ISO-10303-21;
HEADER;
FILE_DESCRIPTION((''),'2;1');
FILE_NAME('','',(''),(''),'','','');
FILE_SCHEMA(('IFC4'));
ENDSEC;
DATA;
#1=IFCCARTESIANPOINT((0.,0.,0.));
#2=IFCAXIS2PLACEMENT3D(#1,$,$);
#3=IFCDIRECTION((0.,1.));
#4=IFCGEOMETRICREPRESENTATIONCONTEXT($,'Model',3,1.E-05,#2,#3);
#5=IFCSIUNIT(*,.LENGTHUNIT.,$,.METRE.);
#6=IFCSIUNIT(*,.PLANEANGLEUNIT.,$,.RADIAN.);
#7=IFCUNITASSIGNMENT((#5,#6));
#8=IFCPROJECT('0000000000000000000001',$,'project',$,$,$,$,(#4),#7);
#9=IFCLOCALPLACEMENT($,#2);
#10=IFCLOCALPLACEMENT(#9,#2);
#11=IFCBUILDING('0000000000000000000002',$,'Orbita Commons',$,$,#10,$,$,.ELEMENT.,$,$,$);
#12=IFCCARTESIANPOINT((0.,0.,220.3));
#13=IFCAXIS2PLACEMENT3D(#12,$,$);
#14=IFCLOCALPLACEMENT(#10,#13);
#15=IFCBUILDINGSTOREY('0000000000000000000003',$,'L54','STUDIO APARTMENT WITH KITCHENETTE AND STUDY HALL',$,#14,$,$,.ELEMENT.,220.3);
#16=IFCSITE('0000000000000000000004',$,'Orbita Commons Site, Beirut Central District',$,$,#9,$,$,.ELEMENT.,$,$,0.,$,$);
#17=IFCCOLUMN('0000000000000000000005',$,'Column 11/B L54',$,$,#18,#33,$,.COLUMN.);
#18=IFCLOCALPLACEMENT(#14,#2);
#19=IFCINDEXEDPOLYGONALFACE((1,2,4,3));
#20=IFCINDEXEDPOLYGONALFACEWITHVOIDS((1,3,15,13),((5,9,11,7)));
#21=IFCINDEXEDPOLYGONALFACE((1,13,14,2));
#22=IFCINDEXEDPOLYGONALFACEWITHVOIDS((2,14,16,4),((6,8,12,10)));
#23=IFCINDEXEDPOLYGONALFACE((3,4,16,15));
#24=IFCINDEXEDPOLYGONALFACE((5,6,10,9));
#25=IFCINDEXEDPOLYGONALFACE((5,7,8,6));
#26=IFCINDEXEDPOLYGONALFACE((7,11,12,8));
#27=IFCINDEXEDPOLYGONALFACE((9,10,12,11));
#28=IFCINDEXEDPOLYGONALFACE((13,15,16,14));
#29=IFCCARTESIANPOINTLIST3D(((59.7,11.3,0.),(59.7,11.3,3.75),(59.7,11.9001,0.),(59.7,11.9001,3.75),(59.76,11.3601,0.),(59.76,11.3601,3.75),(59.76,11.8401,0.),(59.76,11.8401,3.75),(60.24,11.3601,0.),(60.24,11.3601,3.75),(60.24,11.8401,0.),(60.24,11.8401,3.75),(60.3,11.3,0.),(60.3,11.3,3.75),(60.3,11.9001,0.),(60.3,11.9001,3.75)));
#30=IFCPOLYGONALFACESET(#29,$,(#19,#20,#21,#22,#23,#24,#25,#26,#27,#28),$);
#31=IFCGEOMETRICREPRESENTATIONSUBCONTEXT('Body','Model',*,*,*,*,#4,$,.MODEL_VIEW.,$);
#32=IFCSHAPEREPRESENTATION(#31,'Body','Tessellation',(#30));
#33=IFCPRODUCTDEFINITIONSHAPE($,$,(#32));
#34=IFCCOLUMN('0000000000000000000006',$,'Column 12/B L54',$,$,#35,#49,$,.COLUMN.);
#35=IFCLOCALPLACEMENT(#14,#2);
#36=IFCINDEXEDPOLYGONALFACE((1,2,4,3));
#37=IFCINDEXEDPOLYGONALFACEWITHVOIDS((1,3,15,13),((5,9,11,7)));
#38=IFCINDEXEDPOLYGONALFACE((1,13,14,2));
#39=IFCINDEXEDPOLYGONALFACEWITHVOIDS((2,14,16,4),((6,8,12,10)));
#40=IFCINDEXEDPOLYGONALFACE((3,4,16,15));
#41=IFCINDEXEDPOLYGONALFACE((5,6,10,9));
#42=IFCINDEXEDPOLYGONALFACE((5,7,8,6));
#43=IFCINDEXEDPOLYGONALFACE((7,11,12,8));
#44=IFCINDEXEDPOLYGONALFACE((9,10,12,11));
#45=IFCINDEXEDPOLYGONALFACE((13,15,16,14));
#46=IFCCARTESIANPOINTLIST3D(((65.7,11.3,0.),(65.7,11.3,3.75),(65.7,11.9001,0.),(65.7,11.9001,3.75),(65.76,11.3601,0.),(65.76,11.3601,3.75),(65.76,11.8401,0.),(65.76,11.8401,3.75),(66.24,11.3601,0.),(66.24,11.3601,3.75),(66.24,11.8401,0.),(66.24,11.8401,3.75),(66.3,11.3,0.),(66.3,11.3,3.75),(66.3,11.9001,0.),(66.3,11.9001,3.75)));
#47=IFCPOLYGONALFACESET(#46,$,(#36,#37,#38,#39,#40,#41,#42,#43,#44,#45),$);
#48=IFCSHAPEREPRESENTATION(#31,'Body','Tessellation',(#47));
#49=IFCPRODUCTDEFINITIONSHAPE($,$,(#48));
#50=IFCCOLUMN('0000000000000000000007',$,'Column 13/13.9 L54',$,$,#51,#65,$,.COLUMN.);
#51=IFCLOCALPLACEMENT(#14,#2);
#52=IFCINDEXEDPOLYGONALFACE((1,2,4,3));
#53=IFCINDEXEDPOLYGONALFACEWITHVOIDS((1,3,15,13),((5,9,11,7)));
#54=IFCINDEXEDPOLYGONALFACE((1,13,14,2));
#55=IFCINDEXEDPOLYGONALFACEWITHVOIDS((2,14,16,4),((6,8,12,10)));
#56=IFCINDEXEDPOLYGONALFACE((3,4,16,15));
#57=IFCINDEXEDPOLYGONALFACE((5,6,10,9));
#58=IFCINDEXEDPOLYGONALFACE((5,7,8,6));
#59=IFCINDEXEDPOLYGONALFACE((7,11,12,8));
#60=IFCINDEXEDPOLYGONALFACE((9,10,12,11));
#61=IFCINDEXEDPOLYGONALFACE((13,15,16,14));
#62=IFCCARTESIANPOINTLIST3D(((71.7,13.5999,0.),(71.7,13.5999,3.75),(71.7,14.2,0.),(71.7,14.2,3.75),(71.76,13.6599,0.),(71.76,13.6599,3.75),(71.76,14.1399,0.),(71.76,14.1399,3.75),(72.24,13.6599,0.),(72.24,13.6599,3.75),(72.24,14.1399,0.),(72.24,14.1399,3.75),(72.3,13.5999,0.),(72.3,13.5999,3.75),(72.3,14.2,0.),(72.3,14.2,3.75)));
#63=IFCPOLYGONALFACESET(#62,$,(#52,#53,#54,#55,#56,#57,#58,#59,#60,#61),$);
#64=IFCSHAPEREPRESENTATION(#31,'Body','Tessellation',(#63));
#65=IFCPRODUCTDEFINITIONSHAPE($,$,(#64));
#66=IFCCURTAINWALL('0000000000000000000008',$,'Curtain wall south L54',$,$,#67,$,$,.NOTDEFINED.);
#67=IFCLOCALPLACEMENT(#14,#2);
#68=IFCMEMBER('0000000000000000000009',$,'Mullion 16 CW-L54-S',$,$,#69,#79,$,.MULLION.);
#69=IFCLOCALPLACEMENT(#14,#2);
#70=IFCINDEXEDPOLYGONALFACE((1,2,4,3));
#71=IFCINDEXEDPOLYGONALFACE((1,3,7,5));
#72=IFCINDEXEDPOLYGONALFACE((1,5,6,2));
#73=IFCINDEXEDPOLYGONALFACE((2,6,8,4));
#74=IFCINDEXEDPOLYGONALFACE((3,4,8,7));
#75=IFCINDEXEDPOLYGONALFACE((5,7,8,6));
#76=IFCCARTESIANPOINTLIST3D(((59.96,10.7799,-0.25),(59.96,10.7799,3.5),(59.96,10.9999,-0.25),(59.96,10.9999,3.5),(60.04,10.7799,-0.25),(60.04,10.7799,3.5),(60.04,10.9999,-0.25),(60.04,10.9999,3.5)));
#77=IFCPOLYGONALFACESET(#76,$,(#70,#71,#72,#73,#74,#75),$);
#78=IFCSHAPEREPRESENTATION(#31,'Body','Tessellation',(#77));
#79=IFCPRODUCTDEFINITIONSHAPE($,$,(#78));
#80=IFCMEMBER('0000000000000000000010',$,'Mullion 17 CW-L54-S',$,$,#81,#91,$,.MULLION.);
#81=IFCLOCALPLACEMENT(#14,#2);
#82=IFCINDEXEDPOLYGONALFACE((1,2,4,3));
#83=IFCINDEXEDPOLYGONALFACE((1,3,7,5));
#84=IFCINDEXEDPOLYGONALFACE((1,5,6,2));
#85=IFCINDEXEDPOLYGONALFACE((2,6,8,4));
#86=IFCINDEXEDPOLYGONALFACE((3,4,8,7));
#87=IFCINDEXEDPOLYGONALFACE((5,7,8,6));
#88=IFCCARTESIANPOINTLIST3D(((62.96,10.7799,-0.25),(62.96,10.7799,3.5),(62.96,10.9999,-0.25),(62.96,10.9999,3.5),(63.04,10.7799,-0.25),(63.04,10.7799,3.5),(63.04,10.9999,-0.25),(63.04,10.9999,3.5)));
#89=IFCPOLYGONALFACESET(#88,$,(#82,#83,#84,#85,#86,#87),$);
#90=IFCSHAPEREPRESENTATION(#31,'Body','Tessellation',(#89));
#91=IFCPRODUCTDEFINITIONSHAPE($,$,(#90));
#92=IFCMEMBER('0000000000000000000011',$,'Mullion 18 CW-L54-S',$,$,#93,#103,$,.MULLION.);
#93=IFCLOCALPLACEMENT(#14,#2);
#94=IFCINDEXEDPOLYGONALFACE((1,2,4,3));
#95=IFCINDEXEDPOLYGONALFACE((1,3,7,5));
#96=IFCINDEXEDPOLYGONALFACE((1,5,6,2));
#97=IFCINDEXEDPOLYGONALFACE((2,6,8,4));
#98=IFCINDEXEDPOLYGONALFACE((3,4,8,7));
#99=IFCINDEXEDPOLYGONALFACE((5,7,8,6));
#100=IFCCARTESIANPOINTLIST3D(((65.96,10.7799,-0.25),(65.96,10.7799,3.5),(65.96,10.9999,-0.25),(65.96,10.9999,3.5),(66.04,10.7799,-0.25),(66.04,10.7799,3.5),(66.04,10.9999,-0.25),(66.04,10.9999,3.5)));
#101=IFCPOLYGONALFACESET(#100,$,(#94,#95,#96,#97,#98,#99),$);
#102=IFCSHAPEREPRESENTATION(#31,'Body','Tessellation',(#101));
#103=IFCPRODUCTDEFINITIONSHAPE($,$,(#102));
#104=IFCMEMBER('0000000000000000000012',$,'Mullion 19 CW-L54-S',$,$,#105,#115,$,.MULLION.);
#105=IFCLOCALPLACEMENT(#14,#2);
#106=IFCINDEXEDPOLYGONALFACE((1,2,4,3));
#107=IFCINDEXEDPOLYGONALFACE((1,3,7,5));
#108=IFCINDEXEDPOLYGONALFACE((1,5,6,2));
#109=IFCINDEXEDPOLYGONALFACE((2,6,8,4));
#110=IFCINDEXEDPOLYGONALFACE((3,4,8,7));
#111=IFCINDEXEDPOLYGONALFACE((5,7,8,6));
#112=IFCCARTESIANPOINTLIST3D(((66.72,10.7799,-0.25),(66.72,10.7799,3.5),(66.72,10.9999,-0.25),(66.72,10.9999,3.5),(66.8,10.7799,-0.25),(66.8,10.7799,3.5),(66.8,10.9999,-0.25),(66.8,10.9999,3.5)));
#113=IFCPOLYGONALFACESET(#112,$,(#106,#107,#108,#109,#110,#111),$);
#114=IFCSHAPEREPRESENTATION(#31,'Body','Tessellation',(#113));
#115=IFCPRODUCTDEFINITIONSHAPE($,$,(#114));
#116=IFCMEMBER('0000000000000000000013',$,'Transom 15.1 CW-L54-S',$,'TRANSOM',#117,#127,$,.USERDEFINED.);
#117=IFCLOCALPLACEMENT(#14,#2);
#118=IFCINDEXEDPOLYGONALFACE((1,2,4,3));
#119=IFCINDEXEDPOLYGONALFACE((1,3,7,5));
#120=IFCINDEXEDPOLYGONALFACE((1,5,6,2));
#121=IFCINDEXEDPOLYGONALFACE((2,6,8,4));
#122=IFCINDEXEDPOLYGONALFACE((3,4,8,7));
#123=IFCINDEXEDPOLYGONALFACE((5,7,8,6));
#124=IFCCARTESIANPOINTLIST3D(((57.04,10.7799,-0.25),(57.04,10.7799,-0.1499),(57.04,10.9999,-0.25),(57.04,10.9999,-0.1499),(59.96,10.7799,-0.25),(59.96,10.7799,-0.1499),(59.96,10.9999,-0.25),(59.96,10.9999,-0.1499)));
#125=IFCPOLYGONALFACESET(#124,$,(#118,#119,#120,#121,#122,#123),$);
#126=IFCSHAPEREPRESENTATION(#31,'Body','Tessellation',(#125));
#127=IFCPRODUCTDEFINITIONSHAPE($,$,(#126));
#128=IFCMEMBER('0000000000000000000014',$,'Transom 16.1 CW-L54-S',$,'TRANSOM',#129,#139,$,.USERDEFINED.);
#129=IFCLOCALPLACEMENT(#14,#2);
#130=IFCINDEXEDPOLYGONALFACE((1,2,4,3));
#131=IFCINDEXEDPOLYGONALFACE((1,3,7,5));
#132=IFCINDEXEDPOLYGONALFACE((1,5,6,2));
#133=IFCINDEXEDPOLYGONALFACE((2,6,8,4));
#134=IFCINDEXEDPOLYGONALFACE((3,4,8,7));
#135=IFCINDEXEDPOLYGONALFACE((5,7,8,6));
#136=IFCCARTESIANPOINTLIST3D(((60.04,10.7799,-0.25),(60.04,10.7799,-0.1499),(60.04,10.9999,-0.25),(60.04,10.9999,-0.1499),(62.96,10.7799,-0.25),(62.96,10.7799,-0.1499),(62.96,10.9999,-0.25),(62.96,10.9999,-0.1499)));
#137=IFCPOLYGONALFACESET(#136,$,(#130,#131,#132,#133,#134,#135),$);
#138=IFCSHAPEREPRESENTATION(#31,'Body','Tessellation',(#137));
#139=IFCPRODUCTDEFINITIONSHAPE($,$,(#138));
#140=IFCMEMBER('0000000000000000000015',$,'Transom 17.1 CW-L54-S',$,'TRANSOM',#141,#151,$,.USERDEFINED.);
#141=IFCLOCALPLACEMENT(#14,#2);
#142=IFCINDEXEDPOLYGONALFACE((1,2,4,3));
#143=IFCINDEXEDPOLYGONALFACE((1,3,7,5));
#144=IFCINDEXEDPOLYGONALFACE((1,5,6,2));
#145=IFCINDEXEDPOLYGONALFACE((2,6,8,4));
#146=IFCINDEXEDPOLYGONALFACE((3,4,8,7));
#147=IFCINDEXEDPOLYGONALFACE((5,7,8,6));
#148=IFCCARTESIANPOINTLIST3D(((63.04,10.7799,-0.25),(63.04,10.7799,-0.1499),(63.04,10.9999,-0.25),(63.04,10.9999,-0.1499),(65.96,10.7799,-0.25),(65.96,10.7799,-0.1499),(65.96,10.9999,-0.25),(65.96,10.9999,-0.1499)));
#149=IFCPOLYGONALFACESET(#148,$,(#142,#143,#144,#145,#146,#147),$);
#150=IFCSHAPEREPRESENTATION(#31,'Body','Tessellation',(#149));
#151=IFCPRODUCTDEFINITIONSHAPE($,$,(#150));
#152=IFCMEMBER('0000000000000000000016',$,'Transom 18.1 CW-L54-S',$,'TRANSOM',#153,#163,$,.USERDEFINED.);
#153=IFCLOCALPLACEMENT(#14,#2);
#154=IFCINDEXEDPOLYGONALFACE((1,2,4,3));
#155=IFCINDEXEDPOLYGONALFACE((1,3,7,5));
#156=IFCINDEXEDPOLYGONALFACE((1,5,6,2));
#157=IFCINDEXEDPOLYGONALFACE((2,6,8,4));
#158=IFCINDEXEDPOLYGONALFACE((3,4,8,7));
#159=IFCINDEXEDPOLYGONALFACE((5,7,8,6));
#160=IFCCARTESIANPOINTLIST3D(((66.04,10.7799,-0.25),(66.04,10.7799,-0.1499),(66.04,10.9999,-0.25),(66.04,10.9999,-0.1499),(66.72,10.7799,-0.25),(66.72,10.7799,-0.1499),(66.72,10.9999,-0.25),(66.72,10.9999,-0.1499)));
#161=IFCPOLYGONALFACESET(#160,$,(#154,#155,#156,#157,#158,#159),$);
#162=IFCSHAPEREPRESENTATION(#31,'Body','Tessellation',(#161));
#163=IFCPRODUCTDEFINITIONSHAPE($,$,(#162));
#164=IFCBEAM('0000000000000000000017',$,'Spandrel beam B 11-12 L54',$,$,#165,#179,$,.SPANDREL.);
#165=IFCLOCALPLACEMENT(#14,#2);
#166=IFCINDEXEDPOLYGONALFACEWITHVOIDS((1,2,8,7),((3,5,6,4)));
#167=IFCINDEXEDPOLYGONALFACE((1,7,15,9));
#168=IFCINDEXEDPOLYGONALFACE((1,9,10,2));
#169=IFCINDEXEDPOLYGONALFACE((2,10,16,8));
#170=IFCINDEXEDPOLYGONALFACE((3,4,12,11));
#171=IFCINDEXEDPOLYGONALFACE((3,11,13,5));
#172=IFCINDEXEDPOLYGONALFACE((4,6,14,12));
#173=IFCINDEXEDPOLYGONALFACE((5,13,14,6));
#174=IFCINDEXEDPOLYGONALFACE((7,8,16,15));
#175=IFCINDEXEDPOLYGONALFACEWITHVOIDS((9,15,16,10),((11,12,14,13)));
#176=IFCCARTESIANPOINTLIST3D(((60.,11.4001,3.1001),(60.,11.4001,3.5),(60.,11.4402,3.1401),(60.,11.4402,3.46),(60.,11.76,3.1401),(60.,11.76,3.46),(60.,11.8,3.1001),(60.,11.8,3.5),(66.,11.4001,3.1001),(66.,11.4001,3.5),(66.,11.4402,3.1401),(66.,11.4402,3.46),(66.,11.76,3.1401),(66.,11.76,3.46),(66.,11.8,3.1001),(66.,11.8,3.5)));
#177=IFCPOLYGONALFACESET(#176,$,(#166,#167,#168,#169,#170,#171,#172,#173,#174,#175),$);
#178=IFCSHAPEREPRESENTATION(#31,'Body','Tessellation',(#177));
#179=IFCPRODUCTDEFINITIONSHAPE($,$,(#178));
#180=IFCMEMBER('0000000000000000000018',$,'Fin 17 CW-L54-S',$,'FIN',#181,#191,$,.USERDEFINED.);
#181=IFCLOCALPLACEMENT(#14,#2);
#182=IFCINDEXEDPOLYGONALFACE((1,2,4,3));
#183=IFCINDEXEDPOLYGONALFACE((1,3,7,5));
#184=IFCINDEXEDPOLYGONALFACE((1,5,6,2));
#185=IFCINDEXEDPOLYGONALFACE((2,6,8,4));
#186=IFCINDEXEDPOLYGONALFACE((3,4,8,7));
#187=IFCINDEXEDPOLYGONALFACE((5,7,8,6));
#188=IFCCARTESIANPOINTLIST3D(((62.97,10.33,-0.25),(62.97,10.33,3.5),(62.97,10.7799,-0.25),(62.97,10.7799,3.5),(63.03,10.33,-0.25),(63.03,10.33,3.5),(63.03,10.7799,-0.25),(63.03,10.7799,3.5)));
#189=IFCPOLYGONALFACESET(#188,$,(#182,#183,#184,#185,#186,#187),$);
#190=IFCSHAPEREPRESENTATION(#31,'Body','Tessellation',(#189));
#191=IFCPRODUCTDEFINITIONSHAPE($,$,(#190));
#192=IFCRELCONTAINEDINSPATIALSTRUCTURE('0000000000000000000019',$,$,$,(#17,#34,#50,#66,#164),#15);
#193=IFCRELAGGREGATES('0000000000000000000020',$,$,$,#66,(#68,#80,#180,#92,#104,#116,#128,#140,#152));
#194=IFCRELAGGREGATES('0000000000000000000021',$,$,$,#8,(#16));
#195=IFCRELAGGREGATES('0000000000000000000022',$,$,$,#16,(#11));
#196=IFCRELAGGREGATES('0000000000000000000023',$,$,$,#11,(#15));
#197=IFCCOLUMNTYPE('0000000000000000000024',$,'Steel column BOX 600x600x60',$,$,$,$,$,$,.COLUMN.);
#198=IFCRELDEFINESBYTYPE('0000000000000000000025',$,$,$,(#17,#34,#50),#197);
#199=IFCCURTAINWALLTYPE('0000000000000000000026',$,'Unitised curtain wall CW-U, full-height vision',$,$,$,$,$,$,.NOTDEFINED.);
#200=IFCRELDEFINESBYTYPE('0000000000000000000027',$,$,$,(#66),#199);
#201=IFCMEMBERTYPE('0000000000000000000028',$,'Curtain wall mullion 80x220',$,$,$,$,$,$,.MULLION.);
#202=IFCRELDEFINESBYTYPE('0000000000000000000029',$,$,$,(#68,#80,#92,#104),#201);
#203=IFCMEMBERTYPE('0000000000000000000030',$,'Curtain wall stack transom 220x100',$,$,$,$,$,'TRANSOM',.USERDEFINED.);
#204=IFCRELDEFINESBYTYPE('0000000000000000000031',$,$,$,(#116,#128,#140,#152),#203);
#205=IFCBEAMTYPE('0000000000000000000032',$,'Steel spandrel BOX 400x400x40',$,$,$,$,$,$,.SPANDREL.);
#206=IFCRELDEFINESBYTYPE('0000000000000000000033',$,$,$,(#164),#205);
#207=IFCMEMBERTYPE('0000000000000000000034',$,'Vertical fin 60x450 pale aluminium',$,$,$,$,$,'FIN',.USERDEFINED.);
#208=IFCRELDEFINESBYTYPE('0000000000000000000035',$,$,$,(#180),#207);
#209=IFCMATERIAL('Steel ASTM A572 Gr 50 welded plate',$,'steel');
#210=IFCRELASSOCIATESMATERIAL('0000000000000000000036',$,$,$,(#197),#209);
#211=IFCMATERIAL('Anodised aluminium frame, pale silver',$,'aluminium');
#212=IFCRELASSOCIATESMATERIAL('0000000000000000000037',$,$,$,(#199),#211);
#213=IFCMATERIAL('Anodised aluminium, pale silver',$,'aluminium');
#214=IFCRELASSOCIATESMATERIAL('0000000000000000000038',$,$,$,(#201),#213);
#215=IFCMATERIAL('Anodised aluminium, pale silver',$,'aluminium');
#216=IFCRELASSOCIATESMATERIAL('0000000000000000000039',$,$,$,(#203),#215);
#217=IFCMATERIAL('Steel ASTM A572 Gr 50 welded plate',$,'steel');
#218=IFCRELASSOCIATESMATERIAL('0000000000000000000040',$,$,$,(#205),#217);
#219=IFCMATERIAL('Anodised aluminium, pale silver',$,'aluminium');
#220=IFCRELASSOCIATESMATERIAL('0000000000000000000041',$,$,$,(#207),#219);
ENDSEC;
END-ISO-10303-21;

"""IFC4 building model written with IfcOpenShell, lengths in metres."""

from ifc_helpers import new_model, si_unit, direction, frame, origin, origin_2d, place, context, subcontext, project, spatial, rectangle, hollow_rectangle, extrude, material, material_profile, profile_set, type_object, element, aggregate, save


model = new_model("IFC4")

# Units and contexts
model_context = context("Model", 3, precision=1e-05, world=origin(), true_north=direction((0.0, 1.0)))
body_context = subcontext(model_context, "Body", "Model", "MODEL_VIEW")
ifc_project = project(units=[si_unit("LENGTHUNIT", "METRE"), si_unit("PLANEANGLEUNIT", "RADIAN")], contexts=[model_context])

# Site, building, storey
site_placement = place(None, origin())
site = spatial("IfcSite", under=ifc_project, at=site_placement, Name="Orbita Commons Site, Beirut Central District", CompositionType="ELEMENT", RefElevation=0.0)
building_placement = place(site_placement, origin())
building = spatial("IfcBuilding", under=site, at=building_placement, Name="Orbita Commons", CompositionType="ELEMENT")
storey_placement = place(building_placement, frame((0.0, 0.0, 220.3)))
storey = spatial("IfcBuildingStorey", under=building, at=storey_placement, Name="L54", Description="STUDIO APARTMENT WITH KITCHENETTE AND STUDY HALL", CompositionType="ELEMENT", Elevation=220.3)

# Columns
ifc_material_1 = material(Name="Steel ASTM A572 Gr 50 welded plate", Category="steel")
ifc_material_profile_1 = material_profile(ifc_material_1, hollow_rectangle(XDim=0.6001, YDim=0.6001, WallThickness=0.0601, at=origin_2d()), Name="BOX 600x600x60")
ifc_profile_set_1 = profile_set([ifc_material_profile_1], Name="Steel ASTM A572 Gr 50 welded plate")
column_type = type_object("IfcColumnType", Name="Steel column BOX 600x600x60", PredefinedType="COLUMN", material=ifc_profile_set_1)
for number, where, z_axis, x_axis, name in (
    (1, (60.0, 11.6001, 0.0), (0.0, 0.0, 1.0), (1.0, 0.0, 0.0), "Column 11/B L54"),
    (2, (66.0, 11.6001, 0.0), (0.0, 0.0, 1.0), (1.0, 0.0, 0.0), "Column 12/B L54"),
    (3, (72.0, 13.8999, 0.0), (0.0, 0.0, 1.0), (1.0, 0.0, 0.0), "Column 13/13.9 L54"),
):
    element("IfcColumn", number, at=place(storey_placement, frame(where, z_axis=z_axis, x_axis=x_axis)), inside=storey, type_object=column_type, Name=name, PredefinedType="COLUMN", context=body_context, shape_type="SweptSolid", body=[
        extrude(hollow_rectangle(XDim=0.6001, YDim=0.6001, WallThickness=0.0601, at=origin_2d()), origin(), (0.0, 0.0, 1.0), 3.75),
    ])

# Curtain wall, members
ifc_material_2 = material(Name="Anodised aluminium frame, pale silver", Category="aluminium")
curtain_wall_type = type_object("IfcCurtainWallType", Name="Unitised curtain wall CW-U, full-height vision", PredefinedType="NOTDEFINED", material=ifc_material_2)
curtain_wall_placement = place(storey_placement, origin())
curtain_wall = element("IfcCurtainWall", 4, at=curtain_wall_placement, inside=storey, type_object=curtain_wall_type, Name="Curtain wall south L54", PredefinedType="NOTDEFINED")
ifc_material_3 = material(Name="Anodised aluminium, pale silver", Category="aluminium")
ifc_material_profile_2 = material_profile(ifc_material_3, rectangle(XDim=0.0801, YDim=0.22, at=origin_2d()), Name="AL 80x220")
ifc_profile_set_2 = profile_set([ifc_material_profile_2], Name="Anodised aluminium, pale silver")
member_type_1 = type_object("IfcMemberType", Name="Curtain wall mullion 80x220", PredefinedType="MULLION", material=ifc_profile_set_2)
member_1_placement = place(storey_placement, frame((60.0, 10.8899, -0.25), z_axis=(0.0, 0.0, 1.0), x_axis=(1.0, 0.0, 0.0)))
member_1 = element("IfcMember", 5, at=member_1_placement, type_object=member_type_1, Name="Mullion 16 CW-L54-S", PredefinedType="MULLION", context=body_context, shape_type="SweptSolid", body=[
    extrude(rectangle(XDim=0.0801, YDim=0.22, at=origin_2d()), origin(), (0.0, 0.0, 1.0), 3.75),
])
member_2_placement = place(storey_placement, frame((63.0, 10.8899, -0.25), z_axis=(0.0, 0.0, 1.0), x_axis=(1.0, 0.0, 0.0)))
member_2 = element("IfcMember", 6, at=member_2_placement, type_object=member_type_1, Name="Mullion 17 CW-L54-S", PredefinedType="MULLION", context=body_context, shape_type="SweptSolid", body=[
    extrude(rectangle(XDim=0.0801, YDim=0.22, at=origin_2d()), origin(), (0.0, 0.0, 1.0), 3.75),
])
member_3_placement = place(storey_placement, frame((66.0, 10.8899, -0.25), z_axis=(0.0, 0.0, 1.0), x_axis=(1.0, 0.0, 0.0)))
member_3 = element("IfcMember", 7, at=member_3_placement, type_object=member_type_1, Name="Mullion 18 CW-L54-S", PredefinedType="MULLION", context=body_context, shape_type="SweptSolid", body=[
    extrude(rectangle(XDim=0.0801, YDim=0.22, at=origin_2d()), origin(), (0.0, 0.0, 1.0), 3.75),
])
member_4_placement = place(storey_placement, frame((66.76, 10.8899, -0.25), z_axis=(0.0, 0.0, 1.0), x_axis=(1.0, 0.0, 0.0)))
member_4 = element("IfcMember", 8, at=member_4_placement, type_object=member_type_1, Name="Mullion 19 CW-L54-S", PredefinedType="MULLION", context=body_context, shape_type="SweptSolid", body=[
    extrude(rectangle(XDim=0.0801, YDim=0.22, at=origin_2d()), origin(), (0.0, 0.0, 1.0), 3.75),
])
ifc_material_4 = material(Name="Anodised aluminium, pale silver", Category="aluminium")
ifc_material_profile_3 = material_profile(ifc_material_4, rectangle(XDim=0.22, YDim=0.1001, at=origin_2d()), Name="AL 220x100")
ifc_profile_set_3 = profile_set([ifc_material_profile_3], Name="Anodised aluminium, pale silver")
member_type_2 = type_object("IfcMemberType", Name="Curtain wall stack transom 220x100", ElementType="TRANSOM", PredefinedType="USERDEFINED", material=ifc_profile_set_3)
member_5_placement = place(storey_placement, frame((57.04, 10.8899, -0.2), z_axis=(1.0, 0.0, 0.0), x_axis=(0.0, 1.0, 0.0)))
member_5 = element("IfcMember", 9, at=member_5_placement, type_object=member_type_2, Name="Transom 15.1 CW-L54-S", ObjectType="TRANSOM", PredefinedType="USERDEFINED", context=body_context, shape_type="SweptSolid", body=[
    extrude(rectangle(XDim=0.22, YDim=0.1001, at=origin_2d()), origin(), (0.0, 0.0, 1.0), 2.9199),
])
member_6_placement = place(storey_placement, frame((60.04, 10.8899, -0.2), z_axis=(1.0, 0.0, 0.0), x_axis=(0.0, 1.0, 0.0)))
member_6 = element("IfcMember", 10, at=member_6_placement, type_object=member_type_2, Name="Transom 16.1 CW-L54-S", ObjectType="TRANSOM", PredefinedType="USERDEFINED", context=body_context, shape_type="SweptSolid", body=[
    extrude(rectangle(XDim=0.22, YDim=0.1001, at=origin_2d()), origin(), (0.0, 0.0, 1.0), 2.9199),
])
member_7_placement = place(storey_placement, frame((63.04, 10.8899, -0.2), z_axis=(1.0, 0.0, 0.0), x_axis=(0.0, 1.0, 0.0)))
member_7 = element("IfcMember", 11, at=member_7_placement, type_object=member_type_2, Name="Transom 17.1 CW-L54-S", ObjectType="TRANSOM", PredefinedType="USERDEFINED", context=body_context, shape_type="SweptSolid", body=[
    extrude(rectangle(XDim=0.22, YDim=0.1001, at=origin_2d()), origin(), (0.0, 0.0, 1.0), 2.9199),
])
member_8_placement = place(storey_placement, frame((66.04, 10.8899, -0.2), z_axis=(1.0, 0.0, 0.0), x_axis=(0.0, 1.0, 0.0)))
member_8 = element("IfcMember", 12, at=member_8_placement, type_object=member_type_2, Name="Transom 18.1 CW-L54-S", ObjectType="TRANSOM", PredefinedType="USERDEFINED", context=body_context, shape_type="SweptSolid", body=[
    extrude(rectangle(XDim=0.22, YDim=0.1001, at=origin_2d()), origin(), (0.0, 0.0, 1.0), 0.6799),
])

# Beam
ifc_material_5 = material(Name="Steel ASTM A572 Gr 50 welded plate", Category="steel")
ifc_material_profile_4 = material_profile(ifc_material_5, hollow_rectangle(XDim=0.3999, YDim=0.3999, WallThickness=0.04, at=origin_2d()), Name="BOX 400x400x40")
ifc_profile_set_4 = profile_set([ifc_material_profile_4], Name="Steel ASTM A572 Gr 50 welded plate")
beam_type = type_object("IfcBeamType", Name="Steel spandrel BOX 400x400x40", PredefinedType="SPANDREL", material=ifc_profile_set_4)
beam_placement = place(storey_placement, frame((60.0, 11.6001, 3.3), z_axis=(1.0, 0.0, 0.0), x_axis=(0.0, 1.0, 0.0)))
element("IfcBeam", 13, at=beam_placement, inside=storey, type_object=beam_type, Name="Spandrel beam B 11-12 L54", PredefinedType="SPANDREL", context=body_context, shape_type="SweptSolid", body=[
    extrude(hollow_rectangle(XDim=0.3999, YDim=0.3999, WallThickness=0.04, at=origin_2d()), origin(), (0.0, 0.0, 1.0), 6.0),
])

# Member
ifc_material_6 = material(Name="Anodised aluminium, pale silver", Category="aluminium")
ifc_material_profile_5 = material_profile(ifc_material_6, rectangle(XDim=0.0601, YDim=0.45, at=origin_2d()), Name="FIN 60x450")
ifc_profile_set_5 = profile_set([ifc_material_profile_5], Name="Anodised aluminium, pale silver")
member_type_3 = type_object("IfcMemberType", Name="Vertical fin 60x450 pale aluminium", ElementType="FIN", PredefinedType="USERDEFINED", material=ifc_profile_set_5)
member_9_placement = place(storey_placement, frame((63.0, 10.5549, -0.25), z_axis=(0.0, 0.0, 1.0), x_axis=(1.0, 0.0, 0.0)))
member_9 = element("IfcMember", 14, at=member_9_placement, type_object=member_type_3, Name="Fin 17 CW-L54-S", ObjectType="FIN", PredefinedType="USERDEFINED", context=body_context, shape_type="SweptSolid", body=[
    extrude(rectangle(XDim=0.0601, YDim=0.45, at=origin_2d()), origin(), (0.0, 0.0, 1.0), 3.75),
])

aggregate(curtain_wall, [member_1, member_2, member_9, member_3, member_4, member_5, member_6, member_7, member_8])

save(model, "model.ifc")
